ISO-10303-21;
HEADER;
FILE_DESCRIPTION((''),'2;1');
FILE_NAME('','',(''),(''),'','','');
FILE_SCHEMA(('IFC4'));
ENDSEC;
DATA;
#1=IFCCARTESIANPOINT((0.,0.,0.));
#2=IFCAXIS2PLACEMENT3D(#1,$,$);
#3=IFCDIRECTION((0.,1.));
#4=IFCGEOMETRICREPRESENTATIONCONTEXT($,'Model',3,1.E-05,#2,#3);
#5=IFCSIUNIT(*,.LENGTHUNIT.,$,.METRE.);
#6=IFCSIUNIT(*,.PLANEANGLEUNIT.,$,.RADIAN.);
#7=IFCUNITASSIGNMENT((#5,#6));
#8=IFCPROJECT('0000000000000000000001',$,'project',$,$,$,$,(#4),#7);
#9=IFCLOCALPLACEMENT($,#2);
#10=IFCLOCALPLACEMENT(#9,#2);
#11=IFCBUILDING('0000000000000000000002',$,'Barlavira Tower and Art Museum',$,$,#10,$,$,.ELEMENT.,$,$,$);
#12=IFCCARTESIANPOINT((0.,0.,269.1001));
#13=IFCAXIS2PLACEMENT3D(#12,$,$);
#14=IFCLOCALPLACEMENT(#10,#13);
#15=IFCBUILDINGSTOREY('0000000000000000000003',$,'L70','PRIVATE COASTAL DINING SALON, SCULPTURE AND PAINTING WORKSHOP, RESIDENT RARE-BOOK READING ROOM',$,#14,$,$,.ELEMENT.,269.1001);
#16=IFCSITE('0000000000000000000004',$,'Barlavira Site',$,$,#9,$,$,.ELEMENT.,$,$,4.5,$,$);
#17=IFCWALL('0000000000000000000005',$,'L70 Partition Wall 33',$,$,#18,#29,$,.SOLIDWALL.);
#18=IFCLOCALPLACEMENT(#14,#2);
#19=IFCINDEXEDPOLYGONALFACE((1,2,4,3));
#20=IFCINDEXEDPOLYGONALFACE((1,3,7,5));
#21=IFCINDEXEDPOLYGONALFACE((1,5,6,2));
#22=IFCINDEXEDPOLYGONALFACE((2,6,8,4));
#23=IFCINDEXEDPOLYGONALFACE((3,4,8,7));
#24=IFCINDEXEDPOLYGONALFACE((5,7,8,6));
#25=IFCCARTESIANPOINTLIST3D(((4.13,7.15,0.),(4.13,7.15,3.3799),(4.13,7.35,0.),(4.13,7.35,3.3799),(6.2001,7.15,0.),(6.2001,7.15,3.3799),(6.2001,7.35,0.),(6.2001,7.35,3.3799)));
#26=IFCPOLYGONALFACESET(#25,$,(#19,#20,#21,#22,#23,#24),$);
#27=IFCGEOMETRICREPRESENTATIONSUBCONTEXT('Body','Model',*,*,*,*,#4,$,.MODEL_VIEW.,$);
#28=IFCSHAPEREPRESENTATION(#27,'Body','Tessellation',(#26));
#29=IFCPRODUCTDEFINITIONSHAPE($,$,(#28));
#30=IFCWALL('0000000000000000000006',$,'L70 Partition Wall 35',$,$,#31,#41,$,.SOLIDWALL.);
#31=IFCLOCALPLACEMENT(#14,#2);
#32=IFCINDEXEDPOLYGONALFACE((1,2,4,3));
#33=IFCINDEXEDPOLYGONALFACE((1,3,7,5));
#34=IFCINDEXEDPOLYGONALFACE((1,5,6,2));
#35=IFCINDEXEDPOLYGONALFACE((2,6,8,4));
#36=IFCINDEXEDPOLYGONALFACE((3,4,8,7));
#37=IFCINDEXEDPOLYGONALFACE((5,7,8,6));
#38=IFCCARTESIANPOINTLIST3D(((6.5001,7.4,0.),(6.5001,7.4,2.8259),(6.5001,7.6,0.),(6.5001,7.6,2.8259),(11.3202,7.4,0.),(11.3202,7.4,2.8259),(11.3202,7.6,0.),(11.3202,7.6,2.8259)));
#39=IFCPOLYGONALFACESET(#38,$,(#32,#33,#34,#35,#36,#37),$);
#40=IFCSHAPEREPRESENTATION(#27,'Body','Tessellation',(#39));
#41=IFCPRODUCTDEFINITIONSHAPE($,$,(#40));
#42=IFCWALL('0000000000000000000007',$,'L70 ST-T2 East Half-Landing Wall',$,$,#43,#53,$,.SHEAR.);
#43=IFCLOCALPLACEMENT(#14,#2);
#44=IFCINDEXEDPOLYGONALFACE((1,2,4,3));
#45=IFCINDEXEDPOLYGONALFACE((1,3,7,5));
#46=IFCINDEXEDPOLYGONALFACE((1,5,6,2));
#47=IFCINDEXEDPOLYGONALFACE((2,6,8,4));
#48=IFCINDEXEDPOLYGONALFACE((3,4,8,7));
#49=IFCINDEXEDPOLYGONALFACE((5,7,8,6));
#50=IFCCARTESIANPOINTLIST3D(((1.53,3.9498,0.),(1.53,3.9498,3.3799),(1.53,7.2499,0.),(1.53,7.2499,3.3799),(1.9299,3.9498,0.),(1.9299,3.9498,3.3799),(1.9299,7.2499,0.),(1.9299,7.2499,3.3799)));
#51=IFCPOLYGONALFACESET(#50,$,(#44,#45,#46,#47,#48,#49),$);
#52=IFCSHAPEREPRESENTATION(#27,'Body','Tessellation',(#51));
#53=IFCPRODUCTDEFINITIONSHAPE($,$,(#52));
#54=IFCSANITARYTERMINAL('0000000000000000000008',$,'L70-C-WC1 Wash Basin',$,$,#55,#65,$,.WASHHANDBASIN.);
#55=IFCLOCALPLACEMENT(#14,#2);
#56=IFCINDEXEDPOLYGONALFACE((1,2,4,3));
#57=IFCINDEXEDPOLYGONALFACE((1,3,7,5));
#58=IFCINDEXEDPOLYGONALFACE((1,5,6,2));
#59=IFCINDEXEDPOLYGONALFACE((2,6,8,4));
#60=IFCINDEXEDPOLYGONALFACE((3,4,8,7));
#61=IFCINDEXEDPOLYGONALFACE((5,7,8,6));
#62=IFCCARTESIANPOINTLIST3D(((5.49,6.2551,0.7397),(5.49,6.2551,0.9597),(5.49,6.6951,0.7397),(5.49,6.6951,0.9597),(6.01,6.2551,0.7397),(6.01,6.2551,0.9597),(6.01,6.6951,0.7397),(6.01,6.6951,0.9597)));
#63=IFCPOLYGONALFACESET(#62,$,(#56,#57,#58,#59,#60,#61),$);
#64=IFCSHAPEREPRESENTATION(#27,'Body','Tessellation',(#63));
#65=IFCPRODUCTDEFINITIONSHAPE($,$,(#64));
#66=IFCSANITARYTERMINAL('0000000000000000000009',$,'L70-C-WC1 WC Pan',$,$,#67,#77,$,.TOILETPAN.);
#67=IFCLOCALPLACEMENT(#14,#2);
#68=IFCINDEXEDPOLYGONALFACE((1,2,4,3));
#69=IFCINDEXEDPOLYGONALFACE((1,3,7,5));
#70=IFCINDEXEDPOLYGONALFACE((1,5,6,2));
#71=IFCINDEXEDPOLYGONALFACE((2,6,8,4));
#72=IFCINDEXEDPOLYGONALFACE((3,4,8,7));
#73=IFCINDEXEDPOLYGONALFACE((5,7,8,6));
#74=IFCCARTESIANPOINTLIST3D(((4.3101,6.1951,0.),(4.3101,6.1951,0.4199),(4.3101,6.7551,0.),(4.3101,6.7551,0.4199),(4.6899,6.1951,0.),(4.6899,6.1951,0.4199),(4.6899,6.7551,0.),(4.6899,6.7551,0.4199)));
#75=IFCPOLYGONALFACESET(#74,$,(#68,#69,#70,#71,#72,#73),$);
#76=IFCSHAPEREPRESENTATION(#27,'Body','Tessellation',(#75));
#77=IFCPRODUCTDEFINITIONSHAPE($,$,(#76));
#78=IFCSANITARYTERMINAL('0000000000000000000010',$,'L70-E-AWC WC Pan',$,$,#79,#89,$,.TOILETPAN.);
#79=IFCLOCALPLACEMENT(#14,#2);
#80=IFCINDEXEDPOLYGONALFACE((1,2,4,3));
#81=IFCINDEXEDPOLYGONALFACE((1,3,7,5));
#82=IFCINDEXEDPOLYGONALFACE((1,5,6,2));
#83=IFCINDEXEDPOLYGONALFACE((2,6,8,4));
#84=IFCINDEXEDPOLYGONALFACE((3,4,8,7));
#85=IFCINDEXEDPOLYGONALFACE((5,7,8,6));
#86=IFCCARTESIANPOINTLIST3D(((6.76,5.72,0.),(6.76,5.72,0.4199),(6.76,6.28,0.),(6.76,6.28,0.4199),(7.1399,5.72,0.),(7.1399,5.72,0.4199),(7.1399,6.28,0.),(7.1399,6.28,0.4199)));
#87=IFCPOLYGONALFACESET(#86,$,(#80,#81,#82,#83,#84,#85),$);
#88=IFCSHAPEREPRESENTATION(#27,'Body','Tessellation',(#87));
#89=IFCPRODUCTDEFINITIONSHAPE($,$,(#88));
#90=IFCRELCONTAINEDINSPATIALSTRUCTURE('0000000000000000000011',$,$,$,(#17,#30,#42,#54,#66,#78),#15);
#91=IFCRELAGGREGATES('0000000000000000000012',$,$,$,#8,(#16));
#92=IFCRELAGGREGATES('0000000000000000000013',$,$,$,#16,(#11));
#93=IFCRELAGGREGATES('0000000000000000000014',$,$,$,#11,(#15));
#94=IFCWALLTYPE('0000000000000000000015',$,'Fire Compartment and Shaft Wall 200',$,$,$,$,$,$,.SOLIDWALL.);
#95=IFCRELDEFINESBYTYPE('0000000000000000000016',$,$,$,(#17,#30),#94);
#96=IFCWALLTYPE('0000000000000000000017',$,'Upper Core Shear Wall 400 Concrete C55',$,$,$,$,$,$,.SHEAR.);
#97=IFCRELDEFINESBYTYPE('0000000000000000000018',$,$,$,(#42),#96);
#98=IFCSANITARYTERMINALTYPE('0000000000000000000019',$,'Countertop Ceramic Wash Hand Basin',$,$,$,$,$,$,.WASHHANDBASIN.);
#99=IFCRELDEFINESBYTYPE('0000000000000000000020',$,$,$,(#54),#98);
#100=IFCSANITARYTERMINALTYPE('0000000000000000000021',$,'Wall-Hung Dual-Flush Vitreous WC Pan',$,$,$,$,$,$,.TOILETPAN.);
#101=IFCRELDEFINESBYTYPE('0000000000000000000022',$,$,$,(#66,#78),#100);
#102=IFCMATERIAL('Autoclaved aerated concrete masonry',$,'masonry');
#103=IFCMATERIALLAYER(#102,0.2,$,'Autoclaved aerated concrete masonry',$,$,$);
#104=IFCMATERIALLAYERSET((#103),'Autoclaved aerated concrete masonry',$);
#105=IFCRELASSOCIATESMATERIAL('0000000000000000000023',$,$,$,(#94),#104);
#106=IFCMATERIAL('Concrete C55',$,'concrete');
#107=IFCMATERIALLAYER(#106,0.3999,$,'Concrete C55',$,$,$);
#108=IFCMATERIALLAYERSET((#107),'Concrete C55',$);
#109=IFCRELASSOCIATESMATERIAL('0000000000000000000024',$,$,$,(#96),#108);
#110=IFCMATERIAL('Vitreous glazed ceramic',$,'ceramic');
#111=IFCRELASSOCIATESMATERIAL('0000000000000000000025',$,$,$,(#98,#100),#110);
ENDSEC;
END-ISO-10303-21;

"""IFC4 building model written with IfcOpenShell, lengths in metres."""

from ifc_helpers import new_model, si_unit, direction, frame, frame_2d, origin, origin_2d, place, context, subcontext, project, spatial, rectangle, extrude, material, layer, layer_set, type_object, element, save


model = new_model("IFC4")

# Units and contexts
model_context = context("Model", 3, precision=1e-05, world=origin(), true_north=direction((0.0, 1.0)))
body_context = subcontext(model_context, "Body", "Model", "MODEL_VIEW")
ifc_project = project(units=[si_unit("LENGTHUNIT", "METRE"), si_unit("PLANEANGLEUNIT", "RADIAN")], contexts=[model_context])

# Site, building, storey
site_placement = place(None, origin())
site = spatial("IfcSite", under=ifc_project, at=site_placement, Name="Barlavira Site", CompositionType="ELEMENT", RefElevation=4.5)
building_placement = place(site_placement, origin())
building = spatial("IfcBuilding", under=site, at=building_placement, Name="Barlavira Tower and Art Museum", CompositionType="ELEMENT")
storey_placement = place(building_placement, frame((0.0, 0.0, 269.1001)))
storey = spatial("IfcBuildingStorey", under=building, at=storey_placement, Name="L70", Description="PRIVATE COASTAL DINING SALON, SCULPTURE AND PAINTING WORKSHOP, RESIDENT RARE-BOOK READING ROOM", CompositionType="ELEMENT", Elevation=269.1001)

# Shared definitions
ifc_material_1 = material(Name="Autoclaved aerated concrete masonry", Category="masonry")
ifc_layer_1 = layer(ifc_material_1, 0.2, Name="Autoclaved aerated concrete masonry")
ifc_layer_set_1 = layer_set([ifc_layer_1], Name="Autoclaved aerated concrete masonry")
wall_type_1 = type_object("IfcWallType", Name="Fire Compartment and Shaft Wall 200", PredefinedType="SOLIDWALL", material=ifc_layer_set_1)

# Walls
for number, where, z_axis, x_axis, name in (
    (1, (4.1299, 7.25, 0.0), (0.0, 0.0, 1.0), (1.0, 0.0, 0.0), "L70 Partition Wall 33"),
):
    element("IfcWall", number, at=place(storey_placement, frame(where, z_axis=z_axis, x_axis=x_axis)), inside=storey, type_object=wall_type_1, Name=name, PredefinedType="SOLIDWALL", context=body_context, shape_type="SweptSolid", body=[
        extrude(rectangle(XDim=2.0701, YDim=0.2, at=frame_2d((1.0352, 0.0))), origin(), (0.0, 0.0, 1.0), 3.3799),
    ])
wall_1_placement = place(storey_placement, frame((6.5, 7.5, 0.0), z_axis=(0.0, 0.0, 1.0), x_axis=(1.0, 0.0, 0.0)))
element("IfcWall", 2, at=wall_1_placement, inside=storey, type_object=wall_type_1, Name="L70 Partition Wall 35", PredefinedType="SOLIDWALL", context=body_context, shape_type="SweptSolid", body=[
    extrude(rectangle(XDim=4.8201, YDim=0.2, at=frame_2d((2.4102, 0.0))), origin(), (0.0, 0.0, 1.0), 2.8259),
])
ifc_material_2 = material(Name="Concrete C55", Category="concrete")
ifc_layer_2 = layer(ifc_material_2, 0.3999, Name="Concrete C55")
ifc_layer_set_2 = layer_set([ifc_layer_2], Name="Concrete C55")
wall_type_2 = type_object("IfcWallType", Name="Upper Core Shear Wall 400 Concrete C55", PredefinedType="SHEAR", material=ifc_layer_set_2)
wall_2_placement = place(storey_placement, frame((1.73, 3.95, 0.0), z_axis=(0.0, 0.0, 1.0), x_axis=(0.0, 1.0, 0.0)))
element("IfcWall", 3, at=wall_2_placement, inside=storey, type_object=wall_type_2, Name="L70 ST-T2 East Half-Landing Wall", PredefinedType="SHEAR", context=body_context, shape_type="SweptSolid", body=[
    extrude(rectangle(XDim=3.3, YDim=0.3999, at=frame_2d((1.6499, 0.0))), origin(), (0.0, 0.0, 1.0), 3.3799),
])

# Sanitary terminals
ifc_material_3 = material(Name="Vitreous glazed ceramic", Category="ceramic")
sanitary_terminal_type_1 = type_object("IfcSanitaryTerminalType", Name="Countertop Ceramic Wash Hand Basin", PredefinedType="WASHHANDBASIN", material=ifc_material_3)
sanitary_terminal_placement = place(storey_placement, frame((5.75, 6.4751, 0.7397), z_axis=(0.0, 0.0, 1.0), x_axis=(1.0, 0.0, 0.0)))
element("IfcSanitaryTerminal", 4, at=sanitary_terminal_placement, inside=storey, type_object=sanitary_terminal_type_1, Name="L70-C-WC1 Wash Basin", PredefinedType="WASHHANDBASIN", context=body_context, shape_type="SweptSolid", body=[
    extrude(rectangle(XDim=0.52, YDim=0.4399, at=origin_2d()), origin(), (0.0, 0.0, 1.0), 0.22),
])
sanitary_terminal_type_2 = type_object("IfcSanitaryTerminalType", Name="Wall-Hung Dual-Flush Vitreous WC Pan", PredefinedType="TOILETPAN", material=ifc_material_3)
for number, where, z_axis, x_axis, name in (
    (5, (4.5, 6.4751, 0.0), (0.0, 0.0, 1.0), (1.0, 0.0, 0.0), "L70-C-WC1 WC Pan"),
    (6, (6.95, 6.0, 0.0), (0.0, 0.0, 1.0), (1.0, 0.0, 0.0), "L70-E-AWC WC Pan"),
):
    element("IfcSanitaryTerminal", number, at=place(storey_placement, frame(where, z_axis=z_axis, x_axis=x_axis)), inside=storey, type_object=sanitary_terminal_type_2, Name=name, PredefinedType="TOILETPAN", context=body_context, shape_type="SweptSolid", body=[
        extrude(rectangle(XDim=0.3799, YDim=0.5601, at=origin_2d()), origin(), (0.0, 0.0, 1.0), 0.4199),
    ])

save(model, "model.ifc")
